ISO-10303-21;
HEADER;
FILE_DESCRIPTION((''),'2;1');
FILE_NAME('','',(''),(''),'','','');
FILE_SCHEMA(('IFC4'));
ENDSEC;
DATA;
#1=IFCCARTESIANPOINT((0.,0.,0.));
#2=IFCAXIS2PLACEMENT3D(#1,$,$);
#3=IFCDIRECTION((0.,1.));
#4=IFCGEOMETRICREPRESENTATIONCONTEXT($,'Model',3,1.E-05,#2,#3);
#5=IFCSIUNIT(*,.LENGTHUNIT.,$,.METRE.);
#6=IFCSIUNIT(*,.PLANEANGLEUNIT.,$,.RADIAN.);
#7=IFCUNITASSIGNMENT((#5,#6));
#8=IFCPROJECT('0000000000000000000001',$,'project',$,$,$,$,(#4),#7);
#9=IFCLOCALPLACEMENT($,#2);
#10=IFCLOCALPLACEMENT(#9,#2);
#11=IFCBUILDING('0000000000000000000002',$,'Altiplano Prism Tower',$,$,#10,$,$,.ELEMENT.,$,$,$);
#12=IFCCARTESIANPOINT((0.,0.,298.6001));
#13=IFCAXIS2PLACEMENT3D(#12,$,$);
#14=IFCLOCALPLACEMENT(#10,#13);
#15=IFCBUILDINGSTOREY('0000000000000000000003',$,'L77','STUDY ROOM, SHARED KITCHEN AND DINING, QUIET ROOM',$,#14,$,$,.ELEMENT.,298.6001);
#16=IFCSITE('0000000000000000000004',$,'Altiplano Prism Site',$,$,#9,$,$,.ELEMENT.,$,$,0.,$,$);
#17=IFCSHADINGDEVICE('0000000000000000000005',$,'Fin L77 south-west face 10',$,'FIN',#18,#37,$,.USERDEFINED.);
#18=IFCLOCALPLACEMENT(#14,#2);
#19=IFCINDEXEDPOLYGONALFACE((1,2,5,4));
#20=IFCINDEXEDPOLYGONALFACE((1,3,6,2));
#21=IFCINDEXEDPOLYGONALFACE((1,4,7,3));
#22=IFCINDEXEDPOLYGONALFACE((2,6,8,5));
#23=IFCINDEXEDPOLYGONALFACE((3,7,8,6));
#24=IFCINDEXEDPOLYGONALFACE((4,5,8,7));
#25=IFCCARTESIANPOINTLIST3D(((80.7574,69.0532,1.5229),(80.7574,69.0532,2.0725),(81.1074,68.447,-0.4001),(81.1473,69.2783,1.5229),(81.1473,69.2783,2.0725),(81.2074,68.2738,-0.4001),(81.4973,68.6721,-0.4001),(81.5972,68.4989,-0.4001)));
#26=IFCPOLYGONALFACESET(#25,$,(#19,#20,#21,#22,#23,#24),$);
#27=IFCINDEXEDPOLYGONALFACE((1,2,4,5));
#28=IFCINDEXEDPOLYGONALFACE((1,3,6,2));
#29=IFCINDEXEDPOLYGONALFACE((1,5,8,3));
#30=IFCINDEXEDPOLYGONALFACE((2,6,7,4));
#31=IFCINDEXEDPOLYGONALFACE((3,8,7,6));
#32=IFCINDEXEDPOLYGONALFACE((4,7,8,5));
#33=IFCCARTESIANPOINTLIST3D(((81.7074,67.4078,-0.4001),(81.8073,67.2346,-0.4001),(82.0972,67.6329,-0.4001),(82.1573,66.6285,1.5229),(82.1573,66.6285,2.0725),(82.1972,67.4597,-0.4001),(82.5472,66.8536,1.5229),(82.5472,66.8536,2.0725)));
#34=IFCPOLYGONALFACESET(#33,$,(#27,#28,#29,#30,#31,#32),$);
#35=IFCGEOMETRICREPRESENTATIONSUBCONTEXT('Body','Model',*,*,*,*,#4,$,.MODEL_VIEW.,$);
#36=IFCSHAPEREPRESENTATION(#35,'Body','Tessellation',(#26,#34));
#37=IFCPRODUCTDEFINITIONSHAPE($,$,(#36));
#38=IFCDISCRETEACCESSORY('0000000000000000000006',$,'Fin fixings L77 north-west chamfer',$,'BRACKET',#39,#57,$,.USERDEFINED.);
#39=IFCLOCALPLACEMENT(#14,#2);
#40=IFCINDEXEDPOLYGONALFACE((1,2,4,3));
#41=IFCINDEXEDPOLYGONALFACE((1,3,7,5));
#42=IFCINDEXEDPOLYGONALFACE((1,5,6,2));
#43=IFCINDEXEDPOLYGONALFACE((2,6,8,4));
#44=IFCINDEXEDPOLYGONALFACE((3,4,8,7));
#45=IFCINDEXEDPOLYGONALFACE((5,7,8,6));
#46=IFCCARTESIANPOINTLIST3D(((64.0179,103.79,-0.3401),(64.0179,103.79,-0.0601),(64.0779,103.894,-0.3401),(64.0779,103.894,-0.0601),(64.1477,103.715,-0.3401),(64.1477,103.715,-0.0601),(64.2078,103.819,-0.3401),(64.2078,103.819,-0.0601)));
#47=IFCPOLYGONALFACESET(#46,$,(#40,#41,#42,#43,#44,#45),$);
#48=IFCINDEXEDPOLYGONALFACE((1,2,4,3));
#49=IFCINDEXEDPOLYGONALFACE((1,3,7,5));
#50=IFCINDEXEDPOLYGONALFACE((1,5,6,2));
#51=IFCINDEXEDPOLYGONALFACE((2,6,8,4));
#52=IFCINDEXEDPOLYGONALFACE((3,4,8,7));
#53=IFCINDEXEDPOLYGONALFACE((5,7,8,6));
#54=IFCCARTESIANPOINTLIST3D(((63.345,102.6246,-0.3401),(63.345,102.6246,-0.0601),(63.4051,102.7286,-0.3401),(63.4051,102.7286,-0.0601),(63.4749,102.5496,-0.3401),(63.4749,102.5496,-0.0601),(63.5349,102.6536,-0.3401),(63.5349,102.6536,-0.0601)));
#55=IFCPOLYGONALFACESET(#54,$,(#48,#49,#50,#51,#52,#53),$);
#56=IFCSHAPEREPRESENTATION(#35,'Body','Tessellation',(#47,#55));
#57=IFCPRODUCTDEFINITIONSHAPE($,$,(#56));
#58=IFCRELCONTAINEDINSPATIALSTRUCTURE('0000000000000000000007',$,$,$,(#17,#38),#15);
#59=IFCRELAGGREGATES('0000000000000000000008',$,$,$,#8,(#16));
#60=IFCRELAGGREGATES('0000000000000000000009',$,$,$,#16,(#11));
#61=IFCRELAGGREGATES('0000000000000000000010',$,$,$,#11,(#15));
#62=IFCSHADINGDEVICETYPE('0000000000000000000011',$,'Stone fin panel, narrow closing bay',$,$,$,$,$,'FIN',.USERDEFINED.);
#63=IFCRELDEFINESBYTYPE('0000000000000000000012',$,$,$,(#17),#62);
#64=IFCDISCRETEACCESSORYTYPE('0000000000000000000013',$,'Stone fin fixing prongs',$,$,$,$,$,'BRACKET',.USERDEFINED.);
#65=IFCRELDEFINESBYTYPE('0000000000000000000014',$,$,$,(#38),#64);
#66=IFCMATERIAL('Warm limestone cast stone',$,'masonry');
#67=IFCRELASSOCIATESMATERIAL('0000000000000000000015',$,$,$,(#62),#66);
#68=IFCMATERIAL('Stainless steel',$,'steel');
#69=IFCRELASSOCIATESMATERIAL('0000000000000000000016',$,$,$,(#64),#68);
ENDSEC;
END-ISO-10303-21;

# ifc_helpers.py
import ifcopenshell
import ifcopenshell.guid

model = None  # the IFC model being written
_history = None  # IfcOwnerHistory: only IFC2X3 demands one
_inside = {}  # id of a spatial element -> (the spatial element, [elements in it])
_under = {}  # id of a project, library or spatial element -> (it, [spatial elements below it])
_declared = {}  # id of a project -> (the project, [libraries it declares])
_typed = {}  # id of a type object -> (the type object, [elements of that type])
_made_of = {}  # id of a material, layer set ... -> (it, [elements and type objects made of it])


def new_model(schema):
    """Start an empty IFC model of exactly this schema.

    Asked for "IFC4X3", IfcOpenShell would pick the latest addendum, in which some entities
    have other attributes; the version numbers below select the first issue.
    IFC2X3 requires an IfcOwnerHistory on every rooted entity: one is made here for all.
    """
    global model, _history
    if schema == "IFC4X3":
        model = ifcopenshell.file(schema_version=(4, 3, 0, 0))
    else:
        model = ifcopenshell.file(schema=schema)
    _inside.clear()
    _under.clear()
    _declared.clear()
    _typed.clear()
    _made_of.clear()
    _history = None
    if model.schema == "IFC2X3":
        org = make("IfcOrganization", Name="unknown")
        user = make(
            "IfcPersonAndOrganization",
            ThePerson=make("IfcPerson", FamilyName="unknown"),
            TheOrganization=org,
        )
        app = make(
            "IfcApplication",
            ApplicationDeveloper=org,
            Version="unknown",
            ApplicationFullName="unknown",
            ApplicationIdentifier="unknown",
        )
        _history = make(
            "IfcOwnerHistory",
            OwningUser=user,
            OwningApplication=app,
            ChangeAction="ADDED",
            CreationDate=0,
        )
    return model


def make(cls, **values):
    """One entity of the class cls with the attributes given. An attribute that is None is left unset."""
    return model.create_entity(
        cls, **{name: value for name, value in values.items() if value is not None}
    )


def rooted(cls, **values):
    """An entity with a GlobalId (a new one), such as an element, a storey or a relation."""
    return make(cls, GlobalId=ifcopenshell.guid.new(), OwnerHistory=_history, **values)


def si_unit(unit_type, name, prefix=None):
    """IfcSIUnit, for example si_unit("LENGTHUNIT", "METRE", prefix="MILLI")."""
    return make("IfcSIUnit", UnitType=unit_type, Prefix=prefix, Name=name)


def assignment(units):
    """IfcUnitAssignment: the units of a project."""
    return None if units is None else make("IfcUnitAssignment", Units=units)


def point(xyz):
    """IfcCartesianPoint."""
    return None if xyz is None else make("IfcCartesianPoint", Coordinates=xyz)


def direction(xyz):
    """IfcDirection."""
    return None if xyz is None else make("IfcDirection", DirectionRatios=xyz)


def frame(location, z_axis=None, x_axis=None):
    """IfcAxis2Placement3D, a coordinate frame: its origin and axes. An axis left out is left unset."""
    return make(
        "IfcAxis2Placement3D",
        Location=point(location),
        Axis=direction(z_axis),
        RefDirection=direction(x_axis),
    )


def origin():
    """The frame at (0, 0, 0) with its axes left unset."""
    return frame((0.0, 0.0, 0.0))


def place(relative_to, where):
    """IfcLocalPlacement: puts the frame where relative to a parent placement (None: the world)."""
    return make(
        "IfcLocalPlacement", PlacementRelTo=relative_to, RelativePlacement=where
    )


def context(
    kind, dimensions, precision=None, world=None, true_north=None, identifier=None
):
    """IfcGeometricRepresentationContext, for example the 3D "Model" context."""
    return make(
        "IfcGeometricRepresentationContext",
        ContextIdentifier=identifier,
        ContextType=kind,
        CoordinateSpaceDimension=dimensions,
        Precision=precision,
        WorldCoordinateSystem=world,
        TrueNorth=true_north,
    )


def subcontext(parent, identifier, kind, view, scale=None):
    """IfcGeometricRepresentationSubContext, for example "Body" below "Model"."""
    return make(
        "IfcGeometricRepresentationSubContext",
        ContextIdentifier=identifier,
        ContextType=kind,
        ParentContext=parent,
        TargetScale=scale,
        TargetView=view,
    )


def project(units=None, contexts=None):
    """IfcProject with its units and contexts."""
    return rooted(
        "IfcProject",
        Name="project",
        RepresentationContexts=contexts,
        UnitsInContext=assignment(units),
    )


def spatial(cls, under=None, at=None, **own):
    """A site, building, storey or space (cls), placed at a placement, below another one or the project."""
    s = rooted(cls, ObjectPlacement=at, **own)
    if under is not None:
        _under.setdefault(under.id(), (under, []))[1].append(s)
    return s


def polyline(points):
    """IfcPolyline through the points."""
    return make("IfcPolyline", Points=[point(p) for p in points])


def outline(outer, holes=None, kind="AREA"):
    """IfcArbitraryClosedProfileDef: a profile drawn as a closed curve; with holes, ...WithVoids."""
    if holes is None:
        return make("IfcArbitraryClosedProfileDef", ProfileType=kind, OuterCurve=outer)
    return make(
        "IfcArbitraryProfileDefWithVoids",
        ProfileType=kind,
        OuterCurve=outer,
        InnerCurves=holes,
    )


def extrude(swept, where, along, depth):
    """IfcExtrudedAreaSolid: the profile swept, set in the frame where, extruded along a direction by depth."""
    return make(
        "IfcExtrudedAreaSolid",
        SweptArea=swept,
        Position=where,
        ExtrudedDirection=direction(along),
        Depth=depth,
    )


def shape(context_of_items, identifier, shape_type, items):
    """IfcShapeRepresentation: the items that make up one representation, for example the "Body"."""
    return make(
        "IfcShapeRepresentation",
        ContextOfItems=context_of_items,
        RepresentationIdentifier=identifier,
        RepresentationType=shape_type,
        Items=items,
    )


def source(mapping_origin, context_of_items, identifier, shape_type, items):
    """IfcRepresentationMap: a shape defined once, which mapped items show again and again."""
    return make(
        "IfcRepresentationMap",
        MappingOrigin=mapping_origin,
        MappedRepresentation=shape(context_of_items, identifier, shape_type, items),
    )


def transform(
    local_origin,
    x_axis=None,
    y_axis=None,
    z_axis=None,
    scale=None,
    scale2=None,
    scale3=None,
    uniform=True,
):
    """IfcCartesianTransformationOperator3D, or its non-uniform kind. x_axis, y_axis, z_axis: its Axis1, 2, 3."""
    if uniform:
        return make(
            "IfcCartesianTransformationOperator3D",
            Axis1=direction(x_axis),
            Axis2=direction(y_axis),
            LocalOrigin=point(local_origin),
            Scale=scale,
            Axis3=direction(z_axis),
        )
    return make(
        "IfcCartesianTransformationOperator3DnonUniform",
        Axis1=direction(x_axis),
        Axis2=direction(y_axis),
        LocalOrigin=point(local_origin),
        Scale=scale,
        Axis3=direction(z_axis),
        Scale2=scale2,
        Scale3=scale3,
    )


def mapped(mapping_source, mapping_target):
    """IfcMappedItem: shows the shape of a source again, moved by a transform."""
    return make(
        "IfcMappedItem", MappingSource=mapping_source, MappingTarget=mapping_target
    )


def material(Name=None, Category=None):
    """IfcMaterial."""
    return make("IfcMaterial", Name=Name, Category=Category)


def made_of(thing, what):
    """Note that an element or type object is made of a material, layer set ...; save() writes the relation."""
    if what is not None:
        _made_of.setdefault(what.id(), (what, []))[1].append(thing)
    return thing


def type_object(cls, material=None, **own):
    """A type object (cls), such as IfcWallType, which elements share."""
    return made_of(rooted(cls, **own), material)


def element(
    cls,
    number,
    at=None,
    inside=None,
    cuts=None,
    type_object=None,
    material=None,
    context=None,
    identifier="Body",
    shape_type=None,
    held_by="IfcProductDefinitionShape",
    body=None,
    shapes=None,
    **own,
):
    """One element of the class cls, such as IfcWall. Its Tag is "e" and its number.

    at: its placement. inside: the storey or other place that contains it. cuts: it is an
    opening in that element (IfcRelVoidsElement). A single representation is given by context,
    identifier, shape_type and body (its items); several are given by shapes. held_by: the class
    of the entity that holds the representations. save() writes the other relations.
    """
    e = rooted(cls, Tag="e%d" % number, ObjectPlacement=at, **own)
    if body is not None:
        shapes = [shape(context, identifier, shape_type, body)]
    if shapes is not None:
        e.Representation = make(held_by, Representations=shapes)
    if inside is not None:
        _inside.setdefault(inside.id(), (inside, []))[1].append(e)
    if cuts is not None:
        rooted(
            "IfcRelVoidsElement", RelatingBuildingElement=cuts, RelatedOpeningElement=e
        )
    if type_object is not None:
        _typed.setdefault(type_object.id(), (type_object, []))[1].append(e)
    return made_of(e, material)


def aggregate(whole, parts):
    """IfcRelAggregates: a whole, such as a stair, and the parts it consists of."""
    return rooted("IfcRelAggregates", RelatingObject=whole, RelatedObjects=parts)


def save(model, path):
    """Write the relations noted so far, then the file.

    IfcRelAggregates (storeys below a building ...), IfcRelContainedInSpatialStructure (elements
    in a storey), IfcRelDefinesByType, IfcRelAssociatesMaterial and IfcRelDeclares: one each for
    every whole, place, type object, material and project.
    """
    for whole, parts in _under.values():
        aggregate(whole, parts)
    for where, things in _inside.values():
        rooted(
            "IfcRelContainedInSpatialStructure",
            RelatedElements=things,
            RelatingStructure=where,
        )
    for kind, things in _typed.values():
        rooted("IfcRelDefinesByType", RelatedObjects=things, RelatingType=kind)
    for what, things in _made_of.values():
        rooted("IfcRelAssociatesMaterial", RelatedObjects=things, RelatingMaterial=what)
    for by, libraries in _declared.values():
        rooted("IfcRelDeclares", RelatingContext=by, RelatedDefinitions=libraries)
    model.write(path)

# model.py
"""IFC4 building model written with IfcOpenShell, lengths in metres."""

from ifc_helpers import new_model, si_unit, direction, frame, origin, place, context, subcontext, project, spatial, polyline, outline, extrude, source, transform, mapped, material, type_object, element, save


model = new_model("IFC4")

# Units and contexts
model_context = context("Model", 3, precision=1e-05, world=origin(), true_north=direction((0.0, 1.0)))
body_context = subcontext(model_context, "Body", "Model", "MODEL_VIEW")
ifc_project = project(units=[si_unit("LENGTHUNIT", "METRE"), si_unit("PLANEANGLEUNIT", "RADIAN")], contexts=[model_context])

# Site, building, storey
site_placement = place(None, origin())
site = spatial("IfcSite", under=ifc_project, at=site_placement, Name="Altiplano Prism Site", CompositionType="ELEMENT", RefElevation=0.0)
building_placement = place(site_placement, origin())
building = spatial("IfcBuilding", under=site, at=building_placement, Name="Altiplano Prism Tower", CompositionType="ELEMENT")
storey_placement = place(building_placement, frame((0.0, 0.0, 298.6001)))
storey = spatial("IfcBuildingStorey", under=building, at=storey_placement, Name="L77", Description="STUDY ROOM, SHARED KITCHEN AND DINING, QUIET ROOM", CompositionType="ELEMENT", Elevation=298.6001)

# Shading device
ifc_material_1 = material(Name="Warm limestone cast stone", Category="masonry")
shading_device_type_1 = type_object("IfcShadingDeviceType", Name="Stone fin panel, narrow closing bay", ElementType="FIN", PredefinedType="USERDEFINED", material=ifc_material_1)
shared_shape_1 = source(origin(), body_context, "Body", "SweptSolid", [
    extrude(outline(polyline([(-1.3999, 2.4727), (-1.3999, 1.9231), (-0.7, 0.0), (-0.5, 0.0), (-1.3999, 2.4727)])), frame((0.0, -0.1499, 0.0), z_axis=(0.0, -1.0, 0.0), x_axis=(1.0, 0.0, 0.0)), (0.0, 0.0, 1.0), 0.4502),
    extrude(outline(polyline([(1.3999, 1.9231), (1.3999, 2.4727), (0.5, 0.0), (0.7, 0.0), (1.3999, 1.9231)])), frame((0.0, -0.1499, 0.0), z_axis=(0.0, -1.0, 0.0), x_axis=(1.0, 0.0, 0.0)), (0.0, 0.0, 1.0), 0.4502),
])
shading_device_1_placement = place(storey_placement, origin())
element("IfcShadingDevice", 1, at=shading_device_1_placement, inside=storey, type_object=shading_device_type_1, Name="Fin L77 south-west face 10", ObjectType="FIN", PredefinedType="USERDEFINED", context=body_context, shape_type="MappedRepresentation", body=[
    mapped(shared_shape_1, transform((81.9771, 68.1409, -0.4001), x_axis=(0.5, -0.866025, 0.0), y_axis=(0.866025, 0.5, 0.0), z_axis=(0.0, 0.0, 1.0))),
])

# Discrete accessory
ifc_material_2 = material(Name="Stainless steel", Category="steel")
discrete_accessory_type = type_object("IfcDiscreteAccessoryType", Name="Stone fin fixing prongs", ElementType="BRACKET", PredefinedType="USERDEFINED", material=ifc_material_2)
shared_shape_2 = source(origin(), body_context, "Body", "SweptSolid", [
    extrude(outline(polyline([(-0.7329, 0.0601), (-0.6128, 0.0601), (-0.6128, 0.3401), (-0.7329, 0.3401), (-0.7329, 0.0601)])), frame((0.0, 0.0, 0.0), z_axis=(0.0, -1.0, 0.0), x_axis=(1.0, 0.0, 0.0)), (0.0, 0.0, 1.0), 0.1499),
    extrude(outline(polyline([(0.6128, 0.0601), (0.7329, 0.0601), (0.7329, 0.3401), (0.6128, 0.3401), (0.6128, 0.0601)])), frame((0.0, 0.0, 0.0), z_axis=(0.0, -1.0, 0.0), x_axis=(1.0, 0.0, 0.0)), (0.0, 0.0, 1.0), 0.1499),
])
discrete_accessory_1_placement = place(storey_placement, origin())
element("IfcDiscreteAccessory", 2, at=discrete_accessory_1_placement, inside=storey, type_object=discrete_accessory_type, Name="Fin fixings L77 north-west chamfer", ObjectType="BRACKET", PredefinedType="USERDEFINED", context=body_context, shape_type="MappedRepresentation", body=[
    mapped(shared_shape_2, transform((63.8413, 103.1843, -0.4001), x_axis=(-0.5, -0.866025, 0.0), y_axis=(0.866025, -0.5, 0.0), z_axis=(0.0, 0.0, 1.0))),
])

save(model, "model.ifc")
